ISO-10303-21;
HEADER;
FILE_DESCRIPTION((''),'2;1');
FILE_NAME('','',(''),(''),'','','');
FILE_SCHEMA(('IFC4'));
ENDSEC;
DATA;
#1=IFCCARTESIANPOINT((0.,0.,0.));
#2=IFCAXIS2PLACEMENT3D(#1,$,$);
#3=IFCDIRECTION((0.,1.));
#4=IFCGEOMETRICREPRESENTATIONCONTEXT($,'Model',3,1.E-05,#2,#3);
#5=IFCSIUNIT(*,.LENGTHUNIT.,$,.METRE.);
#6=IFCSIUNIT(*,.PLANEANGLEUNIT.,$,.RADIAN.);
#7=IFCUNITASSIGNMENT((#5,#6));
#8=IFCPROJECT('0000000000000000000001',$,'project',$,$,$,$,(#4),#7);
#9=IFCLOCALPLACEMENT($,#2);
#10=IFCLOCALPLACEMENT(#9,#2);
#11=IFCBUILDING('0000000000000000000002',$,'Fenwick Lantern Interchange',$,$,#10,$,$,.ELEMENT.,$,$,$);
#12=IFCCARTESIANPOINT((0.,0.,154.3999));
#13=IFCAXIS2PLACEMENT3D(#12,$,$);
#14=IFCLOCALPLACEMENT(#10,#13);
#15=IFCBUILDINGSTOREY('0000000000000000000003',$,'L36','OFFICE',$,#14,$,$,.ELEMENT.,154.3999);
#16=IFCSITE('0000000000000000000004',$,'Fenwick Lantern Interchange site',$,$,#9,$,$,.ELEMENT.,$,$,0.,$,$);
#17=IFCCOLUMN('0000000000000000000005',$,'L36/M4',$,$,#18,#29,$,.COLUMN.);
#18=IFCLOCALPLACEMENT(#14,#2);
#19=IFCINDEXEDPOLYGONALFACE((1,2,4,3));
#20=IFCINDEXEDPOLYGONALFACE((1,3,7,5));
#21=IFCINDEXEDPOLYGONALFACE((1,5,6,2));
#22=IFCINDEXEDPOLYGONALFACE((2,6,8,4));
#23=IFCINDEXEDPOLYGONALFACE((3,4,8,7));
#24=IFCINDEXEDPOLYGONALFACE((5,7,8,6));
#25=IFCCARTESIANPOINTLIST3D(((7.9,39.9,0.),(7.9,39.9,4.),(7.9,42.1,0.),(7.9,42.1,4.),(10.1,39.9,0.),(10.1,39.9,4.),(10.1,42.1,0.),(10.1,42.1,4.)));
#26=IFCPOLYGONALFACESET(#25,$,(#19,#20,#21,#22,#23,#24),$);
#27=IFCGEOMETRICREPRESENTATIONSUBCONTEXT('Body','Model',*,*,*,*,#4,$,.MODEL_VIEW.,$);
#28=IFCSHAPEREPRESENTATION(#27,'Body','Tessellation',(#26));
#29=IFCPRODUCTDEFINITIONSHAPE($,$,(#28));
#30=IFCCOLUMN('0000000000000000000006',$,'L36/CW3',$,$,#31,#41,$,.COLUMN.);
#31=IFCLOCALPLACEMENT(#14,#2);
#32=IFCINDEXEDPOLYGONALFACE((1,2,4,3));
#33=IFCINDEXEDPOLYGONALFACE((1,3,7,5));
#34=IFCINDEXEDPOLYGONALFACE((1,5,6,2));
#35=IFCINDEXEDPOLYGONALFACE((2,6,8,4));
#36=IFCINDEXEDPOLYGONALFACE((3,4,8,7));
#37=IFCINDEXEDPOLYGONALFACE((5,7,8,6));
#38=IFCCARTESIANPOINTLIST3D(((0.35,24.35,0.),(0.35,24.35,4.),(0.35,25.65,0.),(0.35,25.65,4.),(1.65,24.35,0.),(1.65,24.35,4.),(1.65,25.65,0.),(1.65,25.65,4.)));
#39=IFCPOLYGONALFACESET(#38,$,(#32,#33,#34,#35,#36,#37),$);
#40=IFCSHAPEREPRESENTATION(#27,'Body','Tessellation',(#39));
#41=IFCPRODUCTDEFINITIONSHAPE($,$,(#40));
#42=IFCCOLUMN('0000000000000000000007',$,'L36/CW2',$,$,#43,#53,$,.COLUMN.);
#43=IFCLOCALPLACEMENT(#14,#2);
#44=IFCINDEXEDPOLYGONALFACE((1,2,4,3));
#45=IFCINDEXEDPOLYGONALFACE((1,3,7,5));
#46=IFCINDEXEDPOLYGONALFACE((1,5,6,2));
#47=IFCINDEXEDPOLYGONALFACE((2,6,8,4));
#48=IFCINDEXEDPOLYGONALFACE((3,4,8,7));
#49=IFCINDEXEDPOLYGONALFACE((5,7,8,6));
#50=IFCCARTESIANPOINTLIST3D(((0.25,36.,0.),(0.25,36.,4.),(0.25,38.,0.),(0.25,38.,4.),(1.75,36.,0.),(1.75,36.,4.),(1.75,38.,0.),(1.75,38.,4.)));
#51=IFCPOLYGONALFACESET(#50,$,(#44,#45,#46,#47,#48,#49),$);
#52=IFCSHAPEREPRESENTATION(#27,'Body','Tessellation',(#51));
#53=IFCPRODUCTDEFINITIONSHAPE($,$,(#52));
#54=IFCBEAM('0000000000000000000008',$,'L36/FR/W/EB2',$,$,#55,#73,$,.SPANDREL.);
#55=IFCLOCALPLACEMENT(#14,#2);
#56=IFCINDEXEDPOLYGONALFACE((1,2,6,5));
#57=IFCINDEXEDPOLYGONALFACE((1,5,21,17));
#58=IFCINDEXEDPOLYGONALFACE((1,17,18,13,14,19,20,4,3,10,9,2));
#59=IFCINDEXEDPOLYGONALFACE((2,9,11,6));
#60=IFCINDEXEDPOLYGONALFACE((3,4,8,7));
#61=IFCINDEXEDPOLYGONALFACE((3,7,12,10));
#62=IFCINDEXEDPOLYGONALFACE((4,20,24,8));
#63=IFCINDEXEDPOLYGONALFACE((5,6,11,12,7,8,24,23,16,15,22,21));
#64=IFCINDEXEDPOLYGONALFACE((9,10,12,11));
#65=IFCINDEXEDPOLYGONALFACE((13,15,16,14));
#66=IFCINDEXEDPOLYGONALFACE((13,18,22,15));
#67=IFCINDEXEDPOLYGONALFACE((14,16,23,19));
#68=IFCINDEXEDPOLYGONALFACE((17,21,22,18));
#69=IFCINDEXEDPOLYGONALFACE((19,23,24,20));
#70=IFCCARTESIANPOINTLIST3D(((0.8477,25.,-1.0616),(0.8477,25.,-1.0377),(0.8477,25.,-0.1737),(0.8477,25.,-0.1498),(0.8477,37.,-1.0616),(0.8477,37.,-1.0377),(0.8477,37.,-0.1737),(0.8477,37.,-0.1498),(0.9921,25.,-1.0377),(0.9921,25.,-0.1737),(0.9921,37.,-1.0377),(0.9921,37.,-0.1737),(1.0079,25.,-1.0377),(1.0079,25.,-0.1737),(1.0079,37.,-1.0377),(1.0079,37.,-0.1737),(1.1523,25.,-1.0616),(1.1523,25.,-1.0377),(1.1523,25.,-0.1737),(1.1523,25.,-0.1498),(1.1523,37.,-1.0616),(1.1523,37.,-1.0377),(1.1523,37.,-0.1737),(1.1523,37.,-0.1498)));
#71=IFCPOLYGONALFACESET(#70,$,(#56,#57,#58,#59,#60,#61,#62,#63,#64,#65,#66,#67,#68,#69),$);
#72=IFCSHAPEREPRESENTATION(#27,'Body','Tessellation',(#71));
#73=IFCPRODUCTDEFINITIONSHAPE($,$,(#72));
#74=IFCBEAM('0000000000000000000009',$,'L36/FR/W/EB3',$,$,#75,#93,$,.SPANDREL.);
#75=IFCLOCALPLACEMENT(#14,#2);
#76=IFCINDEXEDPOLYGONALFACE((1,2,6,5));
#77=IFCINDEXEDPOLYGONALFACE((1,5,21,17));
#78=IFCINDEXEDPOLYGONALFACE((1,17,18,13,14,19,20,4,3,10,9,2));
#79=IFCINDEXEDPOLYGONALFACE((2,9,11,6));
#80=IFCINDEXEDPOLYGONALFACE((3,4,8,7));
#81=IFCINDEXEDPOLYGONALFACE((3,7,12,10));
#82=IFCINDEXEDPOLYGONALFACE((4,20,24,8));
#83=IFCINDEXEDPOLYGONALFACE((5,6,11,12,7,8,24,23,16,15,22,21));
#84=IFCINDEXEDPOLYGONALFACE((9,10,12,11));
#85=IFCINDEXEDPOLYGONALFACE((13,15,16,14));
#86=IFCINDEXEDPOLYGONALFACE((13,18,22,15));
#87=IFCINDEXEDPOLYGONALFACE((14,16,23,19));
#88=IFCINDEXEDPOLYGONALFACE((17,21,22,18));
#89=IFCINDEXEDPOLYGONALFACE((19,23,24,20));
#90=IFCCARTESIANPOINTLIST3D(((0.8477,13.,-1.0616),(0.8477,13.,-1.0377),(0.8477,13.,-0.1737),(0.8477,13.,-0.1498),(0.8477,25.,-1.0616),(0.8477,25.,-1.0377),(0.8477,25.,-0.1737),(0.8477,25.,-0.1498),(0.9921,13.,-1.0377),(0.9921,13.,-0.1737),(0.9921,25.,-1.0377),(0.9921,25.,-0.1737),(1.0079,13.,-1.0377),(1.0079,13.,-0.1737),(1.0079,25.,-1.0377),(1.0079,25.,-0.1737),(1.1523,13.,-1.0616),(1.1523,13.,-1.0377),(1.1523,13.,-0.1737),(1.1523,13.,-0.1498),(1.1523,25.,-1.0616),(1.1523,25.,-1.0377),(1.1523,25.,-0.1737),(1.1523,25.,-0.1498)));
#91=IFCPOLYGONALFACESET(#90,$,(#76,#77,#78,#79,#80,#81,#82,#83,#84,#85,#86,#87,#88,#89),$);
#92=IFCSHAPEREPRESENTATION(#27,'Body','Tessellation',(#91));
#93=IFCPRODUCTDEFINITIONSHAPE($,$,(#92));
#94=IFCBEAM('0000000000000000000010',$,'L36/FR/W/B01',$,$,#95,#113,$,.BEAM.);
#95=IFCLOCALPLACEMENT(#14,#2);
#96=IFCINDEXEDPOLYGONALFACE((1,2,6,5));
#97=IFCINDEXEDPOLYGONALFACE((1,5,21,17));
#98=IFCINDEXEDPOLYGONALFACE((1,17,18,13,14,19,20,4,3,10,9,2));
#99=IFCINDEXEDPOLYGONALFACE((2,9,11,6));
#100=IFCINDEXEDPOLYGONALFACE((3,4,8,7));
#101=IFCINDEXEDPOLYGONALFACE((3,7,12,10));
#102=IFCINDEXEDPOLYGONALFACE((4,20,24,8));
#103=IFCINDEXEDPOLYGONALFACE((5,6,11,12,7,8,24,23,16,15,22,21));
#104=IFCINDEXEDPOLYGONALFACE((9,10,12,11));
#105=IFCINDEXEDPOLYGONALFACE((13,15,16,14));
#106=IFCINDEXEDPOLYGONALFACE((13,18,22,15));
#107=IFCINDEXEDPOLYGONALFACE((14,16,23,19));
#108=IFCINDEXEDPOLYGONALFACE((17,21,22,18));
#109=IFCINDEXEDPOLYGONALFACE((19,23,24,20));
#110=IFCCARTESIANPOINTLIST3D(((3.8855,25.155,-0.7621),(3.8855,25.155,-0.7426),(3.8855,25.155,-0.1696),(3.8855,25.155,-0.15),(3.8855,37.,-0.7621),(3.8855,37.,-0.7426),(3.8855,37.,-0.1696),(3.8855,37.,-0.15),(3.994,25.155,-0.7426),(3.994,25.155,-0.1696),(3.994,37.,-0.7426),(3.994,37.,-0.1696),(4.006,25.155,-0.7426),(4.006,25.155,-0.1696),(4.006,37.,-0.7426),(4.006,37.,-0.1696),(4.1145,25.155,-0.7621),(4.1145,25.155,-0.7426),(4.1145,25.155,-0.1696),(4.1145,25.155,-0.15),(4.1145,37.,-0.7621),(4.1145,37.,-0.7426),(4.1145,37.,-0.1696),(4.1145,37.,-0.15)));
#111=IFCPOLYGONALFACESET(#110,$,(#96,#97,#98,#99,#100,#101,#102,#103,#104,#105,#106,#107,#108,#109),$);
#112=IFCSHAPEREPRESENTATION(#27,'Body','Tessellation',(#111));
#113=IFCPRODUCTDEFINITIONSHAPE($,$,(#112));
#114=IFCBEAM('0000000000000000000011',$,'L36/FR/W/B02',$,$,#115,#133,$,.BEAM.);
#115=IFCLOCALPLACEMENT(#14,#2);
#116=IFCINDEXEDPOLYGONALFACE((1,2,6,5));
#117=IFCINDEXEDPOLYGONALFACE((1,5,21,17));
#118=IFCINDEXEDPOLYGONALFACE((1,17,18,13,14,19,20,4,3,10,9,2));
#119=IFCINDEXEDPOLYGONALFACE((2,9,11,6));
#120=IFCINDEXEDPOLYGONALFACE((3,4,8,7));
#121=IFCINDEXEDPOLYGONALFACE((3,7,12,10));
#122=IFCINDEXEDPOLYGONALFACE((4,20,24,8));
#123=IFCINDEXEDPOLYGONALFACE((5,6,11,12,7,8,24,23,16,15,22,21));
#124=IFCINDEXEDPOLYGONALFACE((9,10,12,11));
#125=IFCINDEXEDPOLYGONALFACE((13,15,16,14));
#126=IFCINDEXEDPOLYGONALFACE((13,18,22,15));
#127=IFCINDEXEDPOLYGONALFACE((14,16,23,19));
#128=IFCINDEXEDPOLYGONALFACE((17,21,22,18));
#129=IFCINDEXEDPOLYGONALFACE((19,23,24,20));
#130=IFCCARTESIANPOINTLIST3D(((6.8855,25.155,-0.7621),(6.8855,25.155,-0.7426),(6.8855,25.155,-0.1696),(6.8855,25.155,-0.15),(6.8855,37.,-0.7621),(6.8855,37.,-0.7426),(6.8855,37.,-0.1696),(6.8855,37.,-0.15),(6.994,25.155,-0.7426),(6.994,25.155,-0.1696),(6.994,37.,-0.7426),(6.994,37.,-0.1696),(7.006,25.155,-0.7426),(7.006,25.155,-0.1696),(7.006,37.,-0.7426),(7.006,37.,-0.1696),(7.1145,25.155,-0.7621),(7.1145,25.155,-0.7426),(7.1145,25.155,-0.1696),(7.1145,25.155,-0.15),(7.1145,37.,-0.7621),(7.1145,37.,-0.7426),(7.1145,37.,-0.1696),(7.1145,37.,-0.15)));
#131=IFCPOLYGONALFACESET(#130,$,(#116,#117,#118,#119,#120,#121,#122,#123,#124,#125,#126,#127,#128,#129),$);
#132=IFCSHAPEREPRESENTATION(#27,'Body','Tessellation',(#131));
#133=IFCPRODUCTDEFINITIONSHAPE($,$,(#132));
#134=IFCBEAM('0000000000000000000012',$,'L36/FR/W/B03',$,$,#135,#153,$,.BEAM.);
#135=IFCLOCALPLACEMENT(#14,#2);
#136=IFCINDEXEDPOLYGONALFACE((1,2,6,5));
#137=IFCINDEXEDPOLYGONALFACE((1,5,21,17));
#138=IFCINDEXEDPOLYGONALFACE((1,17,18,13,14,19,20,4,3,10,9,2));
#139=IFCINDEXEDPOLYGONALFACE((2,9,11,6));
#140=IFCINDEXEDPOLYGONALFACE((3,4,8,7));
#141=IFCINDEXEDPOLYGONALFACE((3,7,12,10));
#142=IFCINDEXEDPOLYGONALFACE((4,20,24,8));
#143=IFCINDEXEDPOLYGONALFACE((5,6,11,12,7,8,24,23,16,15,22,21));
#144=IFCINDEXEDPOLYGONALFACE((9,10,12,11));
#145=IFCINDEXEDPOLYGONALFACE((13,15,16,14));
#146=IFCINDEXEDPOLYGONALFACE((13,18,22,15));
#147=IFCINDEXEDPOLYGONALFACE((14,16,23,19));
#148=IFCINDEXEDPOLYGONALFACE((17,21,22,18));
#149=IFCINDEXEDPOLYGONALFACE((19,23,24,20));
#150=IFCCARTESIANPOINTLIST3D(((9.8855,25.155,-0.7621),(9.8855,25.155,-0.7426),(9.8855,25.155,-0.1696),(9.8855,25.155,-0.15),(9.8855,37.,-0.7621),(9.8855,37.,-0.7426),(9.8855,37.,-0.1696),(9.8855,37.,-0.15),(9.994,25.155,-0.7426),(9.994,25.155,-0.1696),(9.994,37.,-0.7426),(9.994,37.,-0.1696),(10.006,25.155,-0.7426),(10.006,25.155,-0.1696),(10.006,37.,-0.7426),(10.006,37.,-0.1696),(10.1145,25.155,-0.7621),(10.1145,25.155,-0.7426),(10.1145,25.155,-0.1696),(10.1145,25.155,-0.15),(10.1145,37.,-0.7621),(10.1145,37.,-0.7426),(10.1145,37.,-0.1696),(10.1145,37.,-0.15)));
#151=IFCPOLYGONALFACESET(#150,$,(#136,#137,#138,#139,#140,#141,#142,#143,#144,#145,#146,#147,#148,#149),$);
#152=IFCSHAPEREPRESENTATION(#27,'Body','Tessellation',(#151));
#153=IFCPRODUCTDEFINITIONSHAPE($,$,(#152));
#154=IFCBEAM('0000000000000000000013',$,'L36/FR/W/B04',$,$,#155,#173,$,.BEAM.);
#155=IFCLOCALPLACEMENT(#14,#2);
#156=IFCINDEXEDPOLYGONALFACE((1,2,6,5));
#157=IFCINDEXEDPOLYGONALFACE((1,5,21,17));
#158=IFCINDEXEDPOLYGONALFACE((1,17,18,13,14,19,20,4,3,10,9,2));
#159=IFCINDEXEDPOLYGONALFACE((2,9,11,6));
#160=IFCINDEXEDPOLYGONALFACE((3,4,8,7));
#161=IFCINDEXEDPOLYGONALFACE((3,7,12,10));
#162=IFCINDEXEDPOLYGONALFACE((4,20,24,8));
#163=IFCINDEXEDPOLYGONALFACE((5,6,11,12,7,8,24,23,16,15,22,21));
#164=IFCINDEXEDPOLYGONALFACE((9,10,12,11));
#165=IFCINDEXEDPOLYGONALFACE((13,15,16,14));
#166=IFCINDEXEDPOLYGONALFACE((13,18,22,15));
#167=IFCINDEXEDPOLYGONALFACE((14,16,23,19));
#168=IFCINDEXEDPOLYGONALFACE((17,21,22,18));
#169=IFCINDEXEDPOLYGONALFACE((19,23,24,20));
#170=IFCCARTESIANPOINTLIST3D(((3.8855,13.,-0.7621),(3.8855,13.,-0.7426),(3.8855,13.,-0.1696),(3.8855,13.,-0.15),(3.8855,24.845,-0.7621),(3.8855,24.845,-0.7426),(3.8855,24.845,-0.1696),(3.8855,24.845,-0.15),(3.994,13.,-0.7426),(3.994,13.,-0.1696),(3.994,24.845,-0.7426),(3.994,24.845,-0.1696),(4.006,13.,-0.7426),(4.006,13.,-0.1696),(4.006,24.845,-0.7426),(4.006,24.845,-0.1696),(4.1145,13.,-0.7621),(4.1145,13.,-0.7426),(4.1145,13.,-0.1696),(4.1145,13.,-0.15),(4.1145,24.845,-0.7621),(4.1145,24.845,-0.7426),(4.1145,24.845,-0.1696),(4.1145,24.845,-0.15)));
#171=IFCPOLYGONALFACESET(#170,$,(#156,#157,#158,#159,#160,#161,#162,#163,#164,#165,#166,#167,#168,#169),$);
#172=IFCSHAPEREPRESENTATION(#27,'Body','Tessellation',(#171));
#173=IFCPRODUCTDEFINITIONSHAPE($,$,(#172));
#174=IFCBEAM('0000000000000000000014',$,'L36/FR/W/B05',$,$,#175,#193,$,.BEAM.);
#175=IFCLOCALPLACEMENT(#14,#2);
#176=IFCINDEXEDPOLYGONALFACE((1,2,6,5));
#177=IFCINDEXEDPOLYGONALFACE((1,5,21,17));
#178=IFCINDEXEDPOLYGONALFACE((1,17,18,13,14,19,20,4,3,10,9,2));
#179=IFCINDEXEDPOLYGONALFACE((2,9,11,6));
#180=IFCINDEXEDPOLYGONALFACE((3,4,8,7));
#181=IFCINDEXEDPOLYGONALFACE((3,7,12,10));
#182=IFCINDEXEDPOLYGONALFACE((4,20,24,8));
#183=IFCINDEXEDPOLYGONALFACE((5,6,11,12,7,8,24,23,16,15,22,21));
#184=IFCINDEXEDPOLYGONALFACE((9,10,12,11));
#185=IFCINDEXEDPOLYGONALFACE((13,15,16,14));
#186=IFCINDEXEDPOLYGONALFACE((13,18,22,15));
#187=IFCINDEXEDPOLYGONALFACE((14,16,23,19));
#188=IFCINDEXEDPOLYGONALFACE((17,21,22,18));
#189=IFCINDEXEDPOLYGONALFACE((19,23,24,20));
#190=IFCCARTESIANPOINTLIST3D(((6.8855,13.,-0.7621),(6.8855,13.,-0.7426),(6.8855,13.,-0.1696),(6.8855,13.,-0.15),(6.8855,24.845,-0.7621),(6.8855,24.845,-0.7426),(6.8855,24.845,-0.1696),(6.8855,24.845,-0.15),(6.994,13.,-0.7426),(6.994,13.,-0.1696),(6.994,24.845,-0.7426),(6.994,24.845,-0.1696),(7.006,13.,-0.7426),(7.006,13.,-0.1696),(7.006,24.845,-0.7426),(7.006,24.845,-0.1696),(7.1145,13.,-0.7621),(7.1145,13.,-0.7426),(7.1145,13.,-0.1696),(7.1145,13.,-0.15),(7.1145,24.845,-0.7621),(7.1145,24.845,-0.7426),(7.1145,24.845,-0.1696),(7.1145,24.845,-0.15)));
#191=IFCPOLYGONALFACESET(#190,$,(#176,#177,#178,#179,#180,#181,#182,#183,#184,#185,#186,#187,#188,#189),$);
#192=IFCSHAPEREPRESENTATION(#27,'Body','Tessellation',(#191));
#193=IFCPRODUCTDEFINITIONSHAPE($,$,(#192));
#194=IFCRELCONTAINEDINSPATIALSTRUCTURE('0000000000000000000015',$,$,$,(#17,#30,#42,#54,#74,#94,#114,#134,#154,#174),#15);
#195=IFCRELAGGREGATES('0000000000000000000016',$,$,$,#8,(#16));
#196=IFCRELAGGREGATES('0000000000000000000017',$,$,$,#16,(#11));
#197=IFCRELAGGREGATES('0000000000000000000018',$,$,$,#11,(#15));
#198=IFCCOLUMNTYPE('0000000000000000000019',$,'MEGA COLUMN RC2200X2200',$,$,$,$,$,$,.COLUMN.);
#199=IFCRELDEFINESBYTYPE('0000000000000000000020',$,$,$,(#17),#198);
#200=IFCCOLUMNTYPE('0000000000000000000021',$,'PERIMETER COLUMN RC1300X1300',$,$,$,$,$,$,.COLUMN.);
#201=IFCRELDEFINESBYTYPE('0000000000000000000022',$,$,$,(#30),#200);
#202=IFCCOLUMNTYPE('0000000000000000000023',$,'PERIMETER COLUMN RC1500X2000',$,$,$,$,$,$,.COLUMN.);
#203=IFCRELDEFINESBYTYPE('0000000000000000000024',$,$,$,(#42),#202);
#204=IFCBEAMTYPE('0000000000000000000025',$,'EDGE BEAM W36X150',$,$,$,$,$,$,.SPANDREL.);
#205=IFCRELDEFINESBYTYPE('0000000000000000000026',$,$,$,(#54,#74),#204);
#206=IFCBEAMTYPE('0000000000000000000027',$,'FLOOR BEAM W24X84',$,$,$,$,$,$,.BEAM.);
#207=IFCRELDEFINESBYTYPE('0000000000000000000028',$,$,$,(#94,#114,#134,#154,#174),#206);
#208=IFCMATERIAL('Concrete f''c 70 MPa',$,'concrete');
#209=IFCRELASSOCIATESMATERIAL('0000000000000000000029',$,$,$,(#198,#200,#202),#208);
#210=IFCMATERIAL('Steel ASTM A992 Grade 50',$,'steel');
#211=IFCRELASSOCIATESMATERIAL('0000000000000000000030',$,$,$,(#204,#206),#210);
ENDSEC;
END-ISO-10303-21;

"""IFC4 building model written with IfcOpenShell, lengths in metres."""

from ifc_helpers import new_model, si_unit, direction, frame, origin, origin_2d, place, context, subcontext, project, spatial, rectangle, i_section, extrude, material, material_profile, profile_set, type_object, element, save


model = new_model("IFC4")

# Units and contexts
model_context = context("Model", 3, precision=1e-05, world=origin(), true_north=direction((0.0, 1.0)))
body_context = subcontext(model_context, "Body", "Model", "MODEL_VIEW")
ifc_project = project(units=[si_unit("LENGTHUNIT", "METRE"), si_unit("PLANEANGLEUNIT", "RADIAN")], contexts=[model_context])

# Site, building, storey
site_placement = place(None, origin())
site = spatial("IfcSite", under=ifc_project, at=site_placement, Name="Fenwick Lantern Interchange site", CompositionType="ELEMENT", RefElevation=0.0)
building_placement = place(site_placement, origin())
building = spatial("IfcBuilding", under=site, at=building_placement, Name="Fenwick Lantern Interchange", CompositionType="ELEMENT")
storey_placement = place(building_placement, frame((0.0, 0.0, 154.3999)))
storey = spatial("IfcBuildingStorey", under=building, at=storey_placement, Name="L36", Description="OFFICE", CompositionType="ELEMENT", Elevation=154.3999)

# Columns
ifc_material_1 = material(Name="Concrete f'c 70 MPa", Category="concrete")
ifc_material_profile_1 = material_profile(ifc_material_1, rectangle(XDim=2.2, YDim=2.2, at=origin_2d()), Name="RC2200X2200")
ifc_profile_set_1 = profile_set([ifc_material_profile_1], Name="Concrete f'c 70 MPa")
column_type_1 = type_object("IfcColumnType", Name="MEGA COLUMN RC2200X2200", PredefinedType="COLUMN", material=ifc_profile_set_1)
column_1_placement = place(storey_placement, frame((9.0, 41.0, 0.0), z_axis=(0.0, 0.0, 1.0), x_axis=(1.0, 0.0, 0.0)))
element("IfcColumn", 1, at=column_1_placement, inside=storey, type_object=column_type_1, Name="L36/M4", PredefinedType="COLUMN", context=body_context, shape_type="SweptSolid", body=[
    extrude(rectangle(XDim=2.2, YDim=2.2, at=origin_2d()), origin(), (0.0, 0.0, 1.0), 4.0),
])
ifc_material_profile_2 = material_profile(ifc_material_1, rectangle(XDim=1.3, YDim=1.3, at=origin_2d()), Name="RC1300X1300")
ifc_profile_set_2 = profile_set([ifc_material_profile_2], Name="Concrete f'c 70 MPa")
column_type_2 = type_object("IfcColumnType", Name="PERIMETER COLUMN RC1300X1300", PredefinedType="COLUMN", material=ifc_profile_set_2)
column_2_placement = place(storey_placement, frame((1.0, 25.0, 0.0), z_axis=(0.0, 0.0, 1.0), x_axis=(1.0, 0.0, 0.0)))
element("IfcColumn", 2, at=column_2_placement, inside=storey, type_object=column_type_2, Name="L36/CW3", PredefinedType="COLUMN", context=body_context, shape_type="SweptSolid", body=[
    extrude(rectangle(XDim=1.3, YDim=1.3, at=origin_2d()), origin(), (0.0, 0.0, 1.0), 4.0),
])
ifc_material_profile_3 = material_profile(ifc_material_1, rectangle(XDim=1.5, YDim=2.0, at=origin_2d()), Name="RC1500X2000")
ifc_profile_set_3 = profile_set([ifc_material_profile_3], Name="Concrete f'c 70 MPa")
column_type_3 = type_object("IfcColumnType", Name="PERIMETER COLUMN RC1500X2000", PredefinedType="COLUMN", material=ifc_profile_set_3)
column_3_placement = place(storey_placement, frame((1.0, 37.0, 0.0), z_axis=(0.0, 0.0, 1.0), x_axis=(1.0, 0.0, 0.0)))
element("IfcColumn", 3, at=column_3_placement, inside=storey, type_object=column_type_3, Name="L36/CW2", PredefinedType="COLUMN", context=body_context, shape_type="SweptSolid", body=[
    extrude(rectangle(XDim=1.5, YDim=2.0, at=origin_2d()), origin(), (0.0, 0.0, 1.0), 4.0),
])

# Beams
ifc_material_2 = material(Name="Steel ASTM A992 Grade 50", Category="steel")
ifc_material_profile_4 = material_profile(ifc_material_2, i_section(OverallWidth=0.3047, OverallDepth=0.9119, WebThickness=0.0159, FlangeThickness=0.0239, at=origin_2d()), Name="W36X150")
ifc_profile_set_4 = profile_set([ifc_material_profile_4], Name="Steel ASTM A992 Grade 50")
beam_type_1 = type_object("IfcBeamType", Name="EDGE BEAM W36X150", PredefinedType="SPANDREL", material=ifc_profile_set_4)
for number, where, z_axis, x_axis, name in (
    (4, (1.0, 37.0, -0.6057), (0.0, -1.0, 0.0), (1.0, 0.0, 0.0), "L36/FR/W/EB2"),
    (5, (1.0, 25.0, -0.6057), (0.0, -1.0, 0.0), (1.0, 0.0, 0.0), "L36/FR/W/EB3"),
):
    element("IfcBeam", number, at=place(storey_placement, frame(where, z_axis=z_axis, x_axis=x_axis)), inside=storey, type_object=beam_type_1, Name=name, PredefinedType="SPANDREL", context=body_context, shape_type="SweptSolid", body=[
        extrude(i_section(OverallWidth=0.3047, OverallDepth=0.9119, WebThickness=0.0159, FlangeThickness=0.0239, at=origin_2d()), origin(), (0.0, 0.0, 1.0), 12.0),
    ])
ifc_material_profile_5 = material_profile(ifc_material_2, i_section(OverallWidth=0.229, OverallDepth=0.6121, WebThickness=0.012, FlangeThickness=0.0195, at=origin_2d()), Name="W24X84")
ifc_profile_set_5 = profile_set([ifc_material_profile_5], Name="Steel ASTM A992 Grade 50")
beam_type_2 = type_object("IfcBeamType", Name="FLOOR BEAM W24X84", PredefinedType="BEAM", material=ifc_profile_set_5)
for number, where, z_axis, x_axis, name in (
    (6, (4.0, 37.0, -0.4561), (0.0, -1.0, 0.0), (1.0, 0.0, 0.0), "L36/FR/W/B01"),
    (7, (7.0, 37.0, -0.4561), (0.0, -1.0, 0.0), (1.0, 0.0, 0.0), "L36/FR/W/B02"),
    (8, (10.0, 37.0, -0.4561), (0.0, -1.0, 0.0), (1.0, 0.0, 0.0), "L36/FR/W/B03"),
    (9, (4.0, 24.845, -0.4561), (0.0, -1.0, 0.0), (1.0, 0.0, 0.0), "L36/FR/W/B04"),
    (10, (7.0, 24.845, -0.4561), (0.0, -1.0, 0.0), (1.0, 0.0, 0.0), "L36/FR/W/B05"),
):
    element("IfcBeam", number, at=place(storey_placement, frame(where, z_axis=z_axis, x_axis=x_axis)), inside=storey, type_object=beam_type_2, Name=name, PredefinedType="BEAM", context=body_context, shape_type="SweptSolid", body=[
        extrude(i_section(OverallWidth=0.229, OverallDepth=0.6121, WebThickness=0.012, FlangeThickness=0.0195, at=origin_2d()), origin(), (0.0, 0.0, 1.0), 11.845),
    ])

save(model, "model.ifc")
